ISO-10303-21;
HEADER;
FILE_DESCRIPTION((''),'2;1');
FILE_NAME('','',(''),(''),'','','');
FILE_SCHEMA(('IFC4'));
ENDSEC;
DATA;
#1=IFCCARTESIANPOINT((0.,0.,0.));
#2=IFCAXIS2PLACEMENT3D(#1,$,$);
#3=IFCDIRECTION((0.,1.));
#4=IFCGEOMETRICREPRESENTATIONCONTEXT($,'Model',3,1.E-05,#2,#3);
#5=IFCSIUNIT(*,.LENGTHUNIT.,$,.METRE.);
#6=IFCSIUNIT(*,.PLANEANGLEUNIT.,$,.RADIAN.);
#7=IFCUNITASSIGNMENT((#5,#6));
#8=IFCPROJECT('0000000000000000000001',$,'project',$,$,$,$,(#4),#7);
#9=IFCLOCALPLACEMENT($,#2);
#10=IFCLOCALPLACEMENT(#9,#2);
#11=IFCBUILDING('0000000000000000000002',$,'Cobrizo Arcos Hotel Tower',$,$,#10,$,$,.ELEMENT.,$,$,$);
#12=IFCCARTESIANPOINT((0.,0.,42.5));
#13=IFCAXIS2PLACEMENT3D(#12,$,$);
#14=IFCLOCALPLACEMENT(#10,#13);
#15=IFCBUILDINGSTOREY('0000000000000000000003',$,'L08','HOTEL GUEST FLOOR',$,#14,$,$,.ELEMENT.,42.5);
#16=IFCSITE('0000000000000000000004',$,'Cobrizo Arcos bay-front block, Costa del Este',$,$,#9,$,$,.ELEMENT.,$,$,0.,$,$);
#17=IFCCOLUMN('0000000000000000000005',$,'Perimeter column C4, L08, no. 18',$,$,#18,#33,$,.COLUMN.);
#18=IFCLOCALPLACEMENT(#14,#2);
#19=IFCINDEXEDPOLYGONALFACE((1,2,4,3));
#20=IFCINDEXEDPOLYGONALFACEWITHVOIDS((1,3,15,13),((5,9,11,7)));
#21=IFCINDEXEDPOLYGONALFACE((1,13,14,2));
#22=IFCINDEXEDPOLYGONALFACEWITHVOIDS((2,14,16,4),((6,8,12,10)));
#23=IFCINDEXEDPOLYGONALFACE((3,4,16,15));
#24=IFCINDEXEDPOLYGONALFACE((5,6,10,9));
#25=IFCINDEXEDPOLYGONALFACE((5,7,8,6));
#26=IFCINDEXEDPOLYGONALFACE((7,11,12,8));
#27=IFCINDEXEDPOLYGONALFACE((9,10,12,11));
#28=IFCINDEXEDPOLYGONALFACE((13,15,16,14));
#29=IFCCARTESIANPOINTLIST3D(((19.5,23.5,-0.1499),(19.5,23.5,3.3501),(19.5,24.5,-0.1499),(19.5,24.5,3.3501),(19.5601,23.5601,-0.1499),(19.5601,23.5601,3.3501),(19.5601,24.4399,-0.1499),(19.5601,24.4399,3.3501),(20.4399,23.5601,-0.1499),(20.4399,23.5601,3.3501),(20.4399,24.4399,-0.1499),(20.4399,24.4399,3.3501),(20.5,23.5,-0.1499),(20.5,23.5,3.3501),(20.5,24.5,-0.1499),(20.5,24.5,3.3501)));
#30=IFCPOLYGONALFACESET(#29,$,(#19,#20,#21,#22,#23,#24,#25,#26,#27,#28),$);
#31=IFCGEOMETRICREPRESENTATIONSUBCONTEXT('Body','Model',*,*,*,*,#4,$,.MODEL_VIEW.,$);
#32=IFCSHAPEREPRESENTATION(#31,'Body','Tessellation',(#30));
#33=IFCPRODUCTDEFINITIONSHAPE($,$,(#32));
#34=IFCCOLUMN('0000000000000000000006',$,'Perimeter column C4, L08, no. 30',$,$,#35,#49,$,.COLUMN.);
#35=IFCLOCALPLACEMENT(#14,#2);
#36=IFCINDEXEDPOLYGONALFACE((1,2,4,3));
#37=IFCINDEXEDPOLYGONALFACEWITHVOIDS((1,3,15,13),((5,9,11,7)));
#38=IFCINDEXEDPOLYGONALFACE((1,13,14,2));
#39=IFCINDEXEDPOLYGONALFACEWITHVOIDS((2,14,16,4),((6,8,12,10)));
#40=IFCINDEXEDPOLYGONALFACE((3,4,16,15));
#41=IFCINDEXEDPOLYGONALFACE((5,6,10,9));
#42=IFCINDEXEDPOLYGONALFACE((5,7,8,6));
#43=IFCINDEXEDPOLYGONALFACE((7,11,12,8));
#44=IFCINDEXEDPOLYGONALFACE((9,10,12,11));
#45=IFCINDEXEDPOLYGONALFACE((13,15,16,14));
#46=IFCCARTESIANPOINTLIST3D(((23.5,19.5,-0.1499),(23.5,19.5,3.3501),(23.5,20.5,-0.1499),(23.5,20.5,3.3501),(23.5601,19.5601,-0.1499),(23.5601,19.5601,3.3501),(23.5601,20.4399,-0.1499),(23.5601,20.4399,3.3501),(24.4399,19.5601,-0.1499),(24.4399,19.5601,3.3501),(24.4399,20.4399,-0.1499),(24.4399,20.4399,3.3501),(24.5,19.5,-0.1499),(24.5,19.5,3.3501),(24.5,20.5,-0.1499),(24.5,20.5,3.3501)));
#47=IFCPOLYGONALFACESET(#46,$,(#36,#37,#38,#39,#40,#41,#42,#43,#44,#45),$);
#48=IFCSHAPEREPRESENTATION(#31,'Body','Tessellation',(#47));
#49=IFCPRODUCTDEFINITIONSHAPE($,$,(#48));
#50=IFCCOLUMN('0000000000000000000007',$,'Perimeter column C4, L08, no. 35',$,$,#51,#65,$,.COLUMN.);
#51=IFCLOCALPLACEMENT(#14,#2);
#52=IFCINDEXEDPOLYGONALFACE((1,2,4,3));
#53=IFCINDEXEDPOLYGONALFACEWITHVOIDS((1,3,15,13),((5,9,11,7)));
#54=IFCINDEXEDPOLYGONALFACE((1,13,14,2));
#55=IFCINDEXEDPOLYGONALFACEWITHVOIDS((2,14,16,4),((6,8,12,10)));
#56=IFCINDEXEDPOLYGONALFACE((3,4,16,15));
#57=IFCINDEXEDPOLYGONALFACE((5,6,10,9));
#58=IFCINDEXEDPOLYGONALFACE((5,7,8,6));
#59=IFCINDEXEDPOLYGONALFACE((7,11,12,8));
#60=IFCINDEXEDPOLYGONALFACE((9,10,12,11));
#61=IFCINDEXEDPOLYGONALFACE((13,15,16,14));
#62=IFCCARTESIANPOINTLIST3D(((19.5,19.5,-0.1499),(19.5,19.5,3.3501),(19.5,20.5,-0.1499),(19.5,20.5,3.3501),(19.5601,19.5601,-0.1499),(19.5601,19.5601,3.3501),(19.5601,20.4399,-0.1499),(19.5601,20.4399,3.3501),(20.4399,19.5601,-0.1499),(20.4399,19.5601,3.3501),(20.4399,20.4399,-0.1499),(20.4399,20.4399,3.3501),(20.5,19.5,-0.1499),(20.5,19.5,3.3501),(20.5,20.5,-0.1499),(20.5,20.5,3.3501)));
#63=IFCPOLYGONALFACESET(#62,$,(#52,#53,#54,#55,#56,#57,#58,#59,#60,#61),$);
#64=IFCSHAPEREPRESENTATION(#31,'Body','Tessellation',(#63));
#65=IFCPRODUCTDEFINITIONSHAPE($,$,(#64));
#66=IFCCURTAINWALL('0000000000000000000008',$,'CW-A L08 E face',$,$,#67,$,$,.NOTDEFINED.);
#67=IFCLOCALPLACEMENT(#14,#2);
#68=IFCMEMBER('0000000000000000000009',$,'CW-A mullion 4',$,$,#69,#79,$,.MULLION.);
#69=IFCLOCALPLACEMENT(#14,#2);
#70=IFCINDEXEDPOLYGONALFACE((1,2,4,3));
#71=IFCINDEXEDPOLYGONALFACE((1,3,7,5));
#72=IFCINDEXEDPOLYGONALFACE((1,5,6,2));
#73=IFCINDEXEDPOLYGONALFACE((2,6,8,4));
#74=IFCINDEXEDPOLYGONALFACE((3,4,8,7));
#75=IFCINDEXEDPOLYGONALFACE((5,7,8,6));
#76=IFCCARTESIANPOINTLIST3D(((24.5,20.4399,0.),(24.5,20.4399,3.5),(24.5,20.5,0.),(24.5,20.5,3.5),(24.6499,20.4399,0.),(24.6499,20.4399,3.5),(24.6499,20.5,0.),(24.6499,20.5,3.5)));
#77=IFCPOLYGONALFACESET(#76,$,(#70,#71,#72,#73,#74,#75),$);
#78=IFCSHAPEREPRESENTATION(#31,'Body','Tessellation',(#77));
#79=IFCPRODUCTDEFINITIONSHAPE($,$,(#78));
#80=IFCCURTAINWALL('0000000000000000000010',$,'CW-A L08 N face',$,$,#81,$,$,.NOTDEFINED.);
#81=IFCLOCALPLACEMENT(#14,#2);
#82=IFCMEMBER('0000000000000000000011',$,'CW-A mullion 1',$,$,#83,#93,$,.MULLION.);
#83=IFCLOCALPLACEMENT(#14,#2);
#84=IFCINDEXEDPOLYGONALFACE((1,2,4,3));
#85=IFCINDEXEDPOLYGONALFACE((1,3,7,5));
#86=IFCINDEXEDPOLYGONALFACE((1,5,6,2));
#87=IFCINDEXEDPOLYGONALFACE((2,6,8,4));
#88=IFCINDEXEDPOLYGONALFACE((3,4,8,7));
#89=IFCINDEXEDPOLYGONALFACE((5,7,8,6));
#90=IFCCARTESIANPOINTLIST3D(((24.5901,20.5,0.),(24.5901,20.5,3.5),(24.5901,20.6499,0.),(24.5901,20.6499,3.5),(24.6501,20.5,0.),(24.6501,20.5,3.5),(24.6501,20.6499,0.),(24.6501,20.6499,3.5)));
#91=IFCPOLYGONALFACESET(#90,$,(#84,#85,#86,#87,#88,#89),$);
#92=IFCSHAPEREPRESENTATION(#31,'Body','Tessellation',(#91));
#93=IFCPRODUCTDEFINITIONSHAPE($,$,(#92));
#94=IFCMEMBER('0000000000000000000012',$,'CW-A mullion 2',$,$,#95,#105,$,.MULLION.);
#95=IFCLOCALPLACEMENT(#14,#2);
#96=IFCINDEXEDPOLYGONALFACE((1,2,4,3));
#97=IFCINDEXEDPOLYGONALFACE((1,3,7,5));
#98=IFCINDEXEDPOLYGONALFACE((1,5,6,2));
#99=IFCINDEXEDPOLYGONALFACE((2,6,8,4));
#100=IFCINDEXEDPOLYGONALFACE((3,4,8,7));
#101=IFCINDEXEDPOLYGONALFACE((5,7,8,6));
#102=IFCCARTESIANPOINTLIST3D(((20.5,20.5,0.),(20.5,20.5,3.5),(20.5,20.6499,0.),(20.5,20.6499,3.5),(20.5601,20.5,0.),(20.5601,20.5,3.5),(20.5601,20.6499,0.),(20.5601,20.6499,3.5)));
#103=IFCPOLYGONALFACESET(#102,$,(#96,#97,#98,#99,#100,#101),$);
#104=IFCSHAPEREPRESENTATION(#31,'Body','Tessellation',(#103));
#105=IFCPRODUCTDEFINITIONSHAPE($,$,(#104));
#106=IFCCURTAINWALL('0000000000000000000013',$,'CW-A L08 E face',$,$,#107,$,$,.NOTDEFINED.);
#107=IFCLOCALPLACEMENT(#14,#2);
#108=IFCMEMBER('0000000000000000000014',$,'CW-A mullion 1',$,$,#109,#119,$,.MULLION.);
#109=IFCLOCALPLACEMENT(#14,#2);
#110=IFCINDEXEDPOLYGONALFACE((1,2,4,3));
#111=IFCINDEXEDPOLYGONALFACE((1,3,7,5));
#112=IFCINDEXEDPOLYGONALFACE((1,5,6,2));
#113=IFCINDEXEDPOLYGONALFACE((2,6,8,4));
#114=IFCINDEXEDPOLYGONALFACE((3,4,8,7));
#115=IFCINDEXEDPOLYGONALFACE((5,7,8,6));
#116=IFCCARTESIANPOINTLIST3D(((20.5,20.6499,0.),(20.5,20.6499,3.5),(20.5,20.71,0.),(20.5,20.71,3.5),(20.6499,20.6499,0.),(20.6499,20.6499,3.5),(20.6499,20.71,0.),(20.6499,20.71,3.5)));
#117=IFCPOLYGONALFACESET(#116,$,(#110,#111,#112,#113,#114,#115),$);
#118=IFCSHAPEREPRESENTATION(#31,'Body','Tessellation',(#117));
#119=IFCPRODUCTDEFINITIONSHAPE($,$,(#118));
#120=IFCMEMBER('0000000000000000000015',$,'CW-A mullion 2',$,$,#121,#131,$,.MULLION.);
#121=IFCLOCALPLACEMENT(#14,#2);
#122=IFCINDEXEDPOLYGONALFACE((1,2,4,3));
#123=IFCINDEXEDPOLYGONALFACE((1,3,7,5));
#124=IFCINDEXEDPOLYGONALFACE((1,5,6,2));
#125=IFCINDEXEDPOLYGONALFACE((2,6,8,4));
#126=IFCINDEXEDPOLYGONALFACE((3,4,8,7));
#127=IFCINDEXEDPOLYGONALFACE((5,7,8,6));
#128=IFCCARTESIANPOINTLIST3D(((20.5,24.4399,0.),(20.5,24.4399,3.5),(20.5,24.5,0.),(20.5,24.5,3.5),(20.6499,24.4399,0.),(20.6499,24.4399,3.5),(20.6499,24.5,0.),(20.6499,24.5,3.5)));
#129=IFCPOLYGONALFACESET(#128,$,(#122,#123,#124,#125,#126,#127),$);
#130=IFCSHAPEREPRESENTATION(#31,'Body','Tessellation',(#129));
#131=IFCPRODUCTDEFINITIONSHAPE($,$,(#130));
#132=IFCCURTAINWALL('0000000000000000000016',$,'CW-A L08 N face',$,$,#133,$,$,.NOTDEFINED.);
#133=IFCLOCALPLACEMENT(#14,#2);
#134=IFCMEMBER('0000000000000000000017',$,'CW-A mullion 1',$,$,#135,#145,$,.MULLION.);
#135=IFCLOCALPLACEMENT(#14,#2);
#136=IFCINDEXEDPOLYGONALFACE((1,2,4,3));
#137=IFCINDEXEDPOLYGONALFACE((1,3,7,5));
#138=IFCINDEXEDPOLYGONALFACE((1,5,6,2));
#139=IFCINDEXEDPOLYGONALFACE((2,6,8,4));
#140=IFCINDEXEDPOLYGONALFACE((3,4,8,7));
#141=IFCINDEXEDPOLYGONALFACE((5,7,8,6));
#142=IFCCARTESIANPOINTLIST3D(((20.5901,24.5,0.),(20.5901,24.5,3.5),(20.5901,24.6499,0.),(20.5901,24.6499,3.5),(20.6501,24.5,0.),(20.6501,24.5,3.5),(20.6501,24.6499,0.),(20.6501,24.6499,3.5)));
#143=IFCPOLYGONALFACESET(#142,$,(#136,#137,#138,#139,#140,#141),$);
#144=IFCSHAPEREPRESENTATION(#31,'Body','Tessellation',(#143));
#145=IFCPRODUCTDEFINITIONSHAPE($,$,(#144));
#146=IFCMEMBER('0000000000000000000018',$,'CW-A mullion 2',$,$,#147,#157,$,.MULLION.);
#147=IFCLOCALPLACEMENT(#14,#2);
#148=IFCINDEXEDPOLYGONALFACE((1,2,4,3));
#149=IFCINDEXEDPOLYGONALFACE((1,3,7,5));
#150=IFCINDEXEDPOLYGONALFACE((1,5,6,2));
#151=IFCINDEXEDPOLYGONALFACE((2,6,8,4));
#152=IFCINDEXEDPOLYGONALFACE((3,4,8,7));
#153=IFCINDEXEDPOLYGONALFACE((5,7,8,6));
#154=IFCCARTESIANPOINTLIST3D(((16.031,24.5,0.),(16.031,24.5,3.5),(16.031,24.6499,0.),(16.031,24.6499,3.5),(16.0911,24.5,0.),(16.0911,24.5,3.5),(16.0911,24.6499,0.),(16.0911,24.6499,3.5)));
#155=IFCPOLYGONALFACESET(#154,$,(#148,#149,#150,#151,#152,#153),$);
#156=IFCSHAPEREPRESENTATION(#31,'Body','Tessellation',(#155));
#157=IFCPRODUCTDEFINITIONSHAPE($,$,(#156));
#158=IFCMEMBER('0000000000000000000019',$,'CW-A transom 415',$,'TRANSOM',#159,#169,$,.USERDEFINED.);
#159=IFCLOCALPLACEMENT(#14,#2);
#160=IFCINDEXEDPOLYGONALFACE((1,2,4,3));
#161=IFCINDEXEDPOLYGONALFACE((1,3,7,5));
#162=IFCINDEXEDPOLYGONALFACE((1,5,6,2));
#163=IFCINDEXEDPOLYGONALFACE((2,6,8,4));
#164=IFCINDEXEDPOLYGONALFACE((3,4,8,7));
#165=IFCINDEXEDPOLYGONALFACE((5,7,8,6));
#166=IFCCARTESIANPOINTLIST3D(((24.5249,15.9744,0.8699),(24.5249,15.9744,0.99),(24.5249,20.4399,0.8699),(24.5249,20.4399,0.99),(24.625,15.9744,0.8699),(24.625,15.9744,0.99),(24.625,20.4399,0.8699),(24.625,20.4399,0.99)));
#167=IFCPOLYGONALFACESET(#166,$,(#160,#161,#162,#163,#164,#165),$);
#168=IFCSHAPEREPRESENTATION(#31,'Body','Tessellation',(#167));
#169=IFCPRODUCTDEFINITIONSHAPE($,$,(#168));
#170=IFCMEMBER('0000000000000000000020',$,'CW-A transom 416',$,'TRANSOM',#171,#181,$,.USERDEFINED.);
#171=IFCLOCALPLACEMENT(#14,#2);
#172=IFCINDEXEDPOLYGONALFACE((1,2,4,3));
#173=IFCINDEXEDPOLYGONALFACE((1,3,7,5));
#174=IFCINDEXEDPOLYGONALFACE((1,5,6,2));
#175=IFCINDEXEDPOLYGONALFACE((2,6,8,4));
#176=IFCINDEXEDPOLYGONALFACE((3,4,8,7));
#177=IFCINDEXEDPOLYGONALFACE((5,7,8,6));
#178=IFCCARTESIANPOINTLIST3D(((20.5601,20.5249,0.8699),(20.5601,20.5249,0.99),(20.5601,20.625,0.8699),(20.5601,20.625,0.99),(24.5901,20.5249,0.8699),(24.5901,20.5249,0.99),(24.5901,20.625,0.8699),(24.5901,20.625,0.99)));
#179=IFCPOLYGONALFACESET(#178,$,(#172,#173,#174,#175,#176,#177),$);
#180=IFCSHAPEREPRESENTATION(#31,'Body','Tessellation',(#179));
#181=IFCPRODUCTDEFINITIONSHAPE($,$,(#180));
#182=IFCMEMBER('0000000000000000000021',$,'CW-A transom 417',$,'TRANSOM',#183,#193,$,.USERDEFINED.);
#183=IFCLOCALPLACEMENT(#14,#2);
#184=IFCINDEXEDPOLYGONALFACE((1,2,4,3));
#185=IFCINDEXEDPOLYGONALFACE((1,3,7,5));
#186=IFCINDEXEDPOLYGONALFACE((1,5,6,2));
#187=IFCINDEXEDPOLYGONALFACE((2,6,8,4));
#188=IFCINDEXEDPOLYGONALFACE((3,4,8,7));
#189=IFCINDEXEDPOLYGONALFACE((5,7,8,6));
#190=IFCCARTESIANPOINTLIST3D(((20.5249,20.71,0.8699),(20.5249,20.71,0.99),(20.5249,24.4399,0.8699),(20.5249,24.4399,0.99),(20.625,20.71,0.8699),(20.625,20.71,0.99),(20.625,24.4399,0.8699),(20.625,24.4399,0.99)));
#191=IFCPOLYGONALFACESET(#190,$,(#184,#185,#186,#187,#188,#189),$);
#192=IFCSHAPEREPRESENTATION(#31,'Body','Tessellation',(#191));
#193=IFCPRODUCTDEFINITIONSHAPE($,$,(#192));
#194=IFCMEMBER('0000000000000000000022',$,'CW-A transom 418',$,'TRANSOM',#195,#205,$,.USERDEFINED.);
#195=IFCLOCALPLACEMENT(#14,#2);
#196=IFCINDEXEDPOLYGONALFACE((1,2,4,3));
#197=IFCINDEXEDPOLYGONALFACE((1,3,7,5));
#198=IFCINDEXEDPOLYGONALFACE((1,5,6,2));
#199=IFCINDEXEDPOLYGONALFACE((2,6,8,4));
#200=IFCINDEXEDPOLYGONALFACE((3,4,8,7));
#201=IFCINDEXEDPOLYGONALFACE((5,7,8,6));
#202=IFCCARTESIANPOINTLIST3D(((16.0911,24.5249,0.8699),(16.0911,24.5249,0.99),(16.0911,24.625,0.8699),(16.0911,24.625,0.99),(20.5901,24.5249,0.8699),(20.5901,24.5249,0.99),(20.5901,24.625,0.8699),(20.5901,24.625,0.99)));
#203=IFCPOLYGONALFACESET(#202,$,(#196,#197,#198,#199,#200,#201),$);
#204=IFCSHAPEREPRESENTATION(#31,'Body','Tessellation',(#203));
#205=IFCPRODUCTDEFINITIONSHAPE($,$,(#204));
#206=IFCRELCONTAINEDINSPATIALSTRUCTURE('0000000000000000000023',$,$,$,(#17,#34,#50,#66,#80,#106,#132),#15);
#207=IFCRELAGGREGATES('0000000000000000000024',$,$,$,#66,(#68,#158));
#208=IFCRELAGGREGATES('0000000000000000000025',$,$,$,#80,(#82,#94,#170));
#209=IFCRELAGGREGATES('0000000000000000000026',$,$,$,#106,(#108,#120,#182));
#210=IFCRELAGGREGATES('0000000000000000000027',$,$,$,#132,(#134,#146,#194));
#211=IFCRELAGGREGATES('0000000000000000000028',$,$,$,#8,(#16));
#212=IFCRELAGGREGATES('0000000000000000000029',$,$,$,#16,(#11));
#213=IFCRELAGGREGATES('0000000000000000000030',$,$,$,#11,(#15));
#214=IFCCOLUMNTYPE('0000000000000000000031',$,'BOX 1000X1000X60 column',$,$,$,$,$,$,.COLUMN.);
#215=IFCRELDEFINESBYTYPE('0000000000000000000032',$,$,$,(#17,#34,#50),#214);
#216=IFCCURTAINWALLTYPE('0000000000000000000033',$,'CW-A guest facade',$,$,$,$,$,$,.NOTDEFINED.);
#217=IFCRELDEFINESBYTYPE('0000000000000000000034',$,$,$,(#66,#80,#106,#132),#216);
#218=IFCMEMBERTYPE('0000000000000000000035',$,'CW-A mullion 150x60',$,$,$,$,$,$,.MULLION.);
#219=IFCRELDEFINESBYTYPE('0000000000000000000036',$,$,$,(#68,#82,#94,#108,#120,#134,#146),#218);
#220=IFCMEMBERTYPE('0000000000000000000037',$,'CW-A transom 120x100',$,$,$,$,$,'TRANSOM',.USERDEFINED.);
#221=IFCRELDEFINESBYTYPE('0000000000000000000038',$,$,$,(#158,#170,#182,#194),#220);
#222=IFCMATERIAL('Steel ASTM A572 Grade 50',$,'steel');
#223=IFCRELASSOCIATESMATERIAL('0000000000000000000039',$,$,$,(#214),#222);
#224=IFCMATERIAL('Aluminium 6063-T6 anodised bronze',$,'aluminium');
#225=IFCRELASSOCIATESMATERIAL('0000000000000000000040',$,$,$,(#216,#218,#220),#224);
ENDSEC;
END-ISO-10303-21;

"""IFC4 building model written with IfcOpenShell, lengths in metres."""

from ifc_helpers import new_model, si_unit, direction, frame, origin, origin_2d, place, context, subcontext, project, spatial, rectangle, hollow_rectangle, extrude, material, material_profile, profile_set, type_object, element, aggregate, save


model = new_model("IFC4")

# Units and contexts
model_context = context("Model", 3, precision=1e-05, world=origin(), true_north=direction((0.0, 1.0)))
body_context = subcontext(model_context, "Body", "Model", "MODEL_VIEW")
ifc_project = project(units=[si_unit("LENGTHUNIT", "METRE"), si_unit("PLANEANGLEUNIT", "RADIAN")], contexts=[model_context])

# Site, building, storey
site_placement = place(None, origin())
site = spatial("IfcSite", under=ifc_project, at=site_placement, Name="Cobrizo Arcos bay-front block, Costa del Este", CompositionType="ELEMENT", RefElevation=0.0)
building_placement = place(site_placement, origin())
building = spatial("IfcBuilding", under=site, at=building_placement, Name="Cobrizo Arcos Hotel Tower", CompositionType="ELEMENT")
storey_placement = place(building_placement, frame((0.0, 0.0, 42.5)))
storey = spatial("IfcBuildingStorey", under=building, at=storey_placement, Name="L08", Description="HOTEL GUEST FLOOR", CompositionType="ELEMENT", Elevation=42.5)

# Columns
ifc_material_1 = material(Name="Steel ASTM A572 Grade 50", Category="steel")
ifc_material_profile_1 = material_profile(ifc_material_1, hollow_rectangle(XDim=1.0, YDim=1.0, WallThickness=0.0601, at=origin_2d()), Name="BOX 1000X1000X60")
ifc_profile_set_1 = profile_set([ifc_material_profile_1], Name="Steel ASTM A572 Grade 50")
column_type = type_object("IfcColumnType", Name="BOX 1000X1000X60 column", PredefinedType="COLUMN", material=ifc_profile_set_1)
for number, where, z_axis, x_axis, name in (
    (1, (20.0, 24.0, -0.1499), (0.0, 0.0, 1.0), (1.0, 0.0, 0.0), "Perimeter column C4, L08, no. 18"),
    (2, (24.0, 20.0, -0.1499), (0.0, 0.0, 1.0), (1.0, 0.0, 0.0), "Perimeter column C4, L08, no. 30"),
    (3, (20.0, 20.0, -0.1499), (0.0, 0.0, 1.0), (1.0, 0.0, 0.0), "Perimeter column C4, L08, no. 35"),
):
    element("IfcColumn", number, at=place(storey_placement, frame(where, z_axis=z_axis, x_axis=x_axis)), inside=storey, type_object=column_type, Name=name, PredefinedType="COLUMN", context=body_context, shape_type="SweptSolid", body=[
        extrude(hollow_rectangle(XDim=1.0, YDim=1.0, WallThickness=0.0601, at=origin_2d()), origin(), (0.0, 0.0, 1.0), 3.5),
    ])

# Curtain wall, member
ifc_material_2 = material(Name="Aluminium 6063-T6 anodised bronze", Category="aluminium")
curtain_wall_type = type_object("IfcCurtainWallType", Name="CW-A guest facade", PredefinedType="NOTDEFINED", material=ifc_material_2)
curtain_wall_1_placement = place(storey_placement, origin())
curtain_wall_1 = element("IfcCurtainWall", 4, at=curtain_wall_1_placement, inside=storey, type_object=curtain_wall_type, Name="CW-A L08 E face", PredefinedType="NOTDEFINED")
ifc_material_profile_2 = material_profile(ifc_material_2, rectangle(XDim=0.1499, YDim=0.0601, at=origin_2d()), Name="CW-A mullion 150x60")
ifc_profile_set_2 = profile_set([ifc_material_profile_2], Name="Aluminium 6063-T6 anodised bronze")
member_type_1 = type_object("IfcMemberType", Name="CW-A mullion 150x60", PredefinedType="MULLION", material=ifc_profile_set_2)
member_1_placement = place(storey_placement, frame((24.575, 20.47, 0.0), z_axis=(0.0, 0.0, 1.0), x_axis=(1.0, 0.0, 0.0)))
member_1 = element("IfcMember", 5, at=member_1_placement, type_object=member_type_1, Name="CW-A mullion 4", PredefinedType="MULLION", context=body_context, shape_type="SweptSolid", body=[
    extrude(rectangle(XDim=0.1499, YDim=0.0601, at=origin_2d()), origin(), (0.0, 0.0, 1.0), 3.5),
])

# Curtain walls, members
curtain_wall_2_placement = place(storey_placement, origin())
curtain_wall_2 = element("IfcCurtainWall", 6, at=curtain_wall_2_placement, inside=storey, type_object=curtain_wall_type, Name="CW-A L08 N face", PredefinedType="NOTDEFINED")
member_2_placement = place(storey_placement, frame((24.6201, 20.575, 0.0), z_axis=(0.0, 0.0, 1.0), x_axis=(0.0, 1.0, 0.0)))
member_2 = element("IfcMember", 7, at=member_2_placement, type_object=member_type_1, Name="CW-A mullion 1", PredefinedType="MULLION", context=body_context, shape_type="SweptSolid", body=[
    extrude(rectangle(XDim=0.1499, YDim=0.0601, at=origin_2d()), origin(), (0.0, 0.0, 1.0), 3.5),
])
member_3_placement = place(storey_placement, frame((20.53, 20.575, 0.0), z_axis=(0.0, 0.0, 1.0), x_axis=(0.0, 1.0, 0.0)))
member_3 = element("IfcMember", 8, at=member_3_placement, type_object=member_type_1, Name="CW-A mullion 2", PredefinedType="MULLION", context=body_context, shape_type="SweptSolid", body=[
    extrude(rectangle(XDim=0.1499, YDim=0.0601, at=origin_2d()), origin(), (0.0, 0.0, 1.0), 3.5),
])
curtain_wall_3_placement = place(storey_placement, origin())
curtain_wall_3 = element("IfcCurtainWall", 9, at=curtain_wall_3_placement, inside=storey, type_object=curtain_wall_type, Name="CW-A L08 E face", PredefinedType="NOTDEFINED")
member_4_placement = place(storey_placement, frame((20.575, 20.6799, 0.0), z_axis=(0.0, 0.0, 1.0), x_axis=(1.0, 0.0, 0.0)))
member_4 = element("IfcMember", 10, at=member_4_placement, type_object=member_type_1, Name="CW-A mullion 1", PredefinedType="MULLION", context=body_context, shape_type="SweptSolid", body=[
    extrude(rectangle(XDim=0.1499, YDim=0.0601, at=origin_2d()), origin(), (0.0, 0.0, 1.0), 3.5),
])
member_5_placement = place(storey_placement, frame((20.575, 24.47, 0.0), z_axis=(0.0, 0.0, 1.0), x_axis=(1.0, 0.0, 0.0)))
member_5 = element("IfcMember", 11, at=member_5_placement, type_object=member_type_1, Name="CW-A mullion 2", PredefinedType="MULLION", context=body_context, shape_type="SweptSolid", body=[
    extrude(rectangle(XDim=0.1499, YDim=0.0601, at=origin_2d()), origin(), (0.0, 0.0, 1.0), 3.5),
])
curtain_wall_4_placement = place(storey_placement, origin())
curtain_wall_4 = element("IfcCurtainWall", 12, at=curtain_wall_4_placement, inside=storey, type_object=curtain_wall_type, Name="CW-A L08 N face", PredefinedType="NOTDEFINED")
member_6_placement = place(storey_placement, frame((20.6201, 24.575, 0.0), z_axis=(0.0, 0.0, 1.0), x_axis=(0.0, 1.0, 0.0)))
member_6 = element("IfcMember", 13, at=member_6_placement, type_object=member_type_1, Name="CW-A mullion 1", PredefinedType="MULLION", context=body_context, shape_type="SweptSolid", body=[
    extrude(rectangle(XDim=0.1499, YDim=0.0601, at=origin_2d()), origin(), (0.0, 0.0, 1.0), 3.5),
])
member_7_placement = place(storey_placement, frame((16.061, 24.575, 0.0), z_axis=(0.0, 0.0, 1.0), x_axis=(0.0, 1.0, 0.0)))
member_7 = element("IfcMember", 14, at=member_7_placement, type_object=member_type_1, Name="CW-A mullion 2", PredefinedType="MULLION", context=body_context, shape_type="SweptSolid", body=[
    extrude(rectangle(XDim=0.1499, YDim=0.0601, at=origin_2d()), origin(), (0.0, 0.0, 1.0), 3.5),
])

# Members
ifc_material_profile_3 = material_profile(ifc_material_2, rectangle(XDim=0.1001, YDim=0.1201, at=origin_2d()), Name="CW-A transom 120x100")
ifc_profile_set_3 = profile_set([ifc_material_profile_3], Name="Aluminium 6063-T6 anodised bronze")
member_type_2 = type_object("IfcMemberType", Name="CW-A transom 120x100", ElementType="TRANSOM", PredefinedType="USERDEFINED", material=ifc_profile_set_3)
member_8_placement = place(storey_placement, frame((24.575, 15.9744, 0.9299), z_axis=(0.0, 1.0, 0.0), x_axis=(-1.0, 0.0, 0.0)))
member_8 = element("IfcMember", 15, at=member_8_placement, type_object=member_type_2, Name="CW-A transom 415", ObjectType="TRANSOM", PredefinedType="USERDEFINED", context=body_context, shape_type="SweptSolid", body=[
    extrude(rectangle(XDim=0.1001, YDim=0.1201, at=origin_2d()), origin(), (0.0, 0.0, 1.0), 4.4656),
])
member_9_placement = place(storey_placement, frame((24.5901, 20.575, 0.9299), z_axis=(-1.0, 0.0, 0.0), x_axis=(0.0, -1.0, 0.0)))
member_9 = element("IfcMember", 16, at=member_9_placement, type_object=member_type_2, Name="CW-A transom 416", ObjectType="TRANSOM", PredefinedType="USERDEFINED", context=body_context, shape_type="SweptSolid", body=[
    extrude(rectangle(XDim=0.1001, YDim=0.1201, at=origin_2d()), origin(), (0.0, 0.0, 1.0), 4.03),
])
member_10_placement = place(storey_placement, frame((20.575, 20.71, 0.9299), z_axis=(0.0, 1.0, 0.0), x_axis=(-1.0, 0.0, 0.0)))
member_10 = element("IfcMember", 17, at=member_10_placement, type_object=member_type_2, Name="CW-A transom 417", ObjectType="TRANSOM", PredefinedType="USERDEFINED", context=body_context, shape_type="SweptSolid", body=[
    extrude(rectangle(XDim=0.1001, YDim=0.1201, at=origin_2d()), origin(), (0.0, 0.0, 1.0), 3.73),
])
member_11_placement = place(storey_placement, frame((20.5901, 24.575, 0.9299), z_axis=(-1.0, 0.0, 0.0), x_axis=(0.0, -1.0, 0.0)))
member_11 = element("IfcMember", 18, at=member_11_placement, type_object=member_type_2, Name="CW-A transom 418", ObjectType="TRANSOM", PredefinedType="USERDEFINED", context=body_context, shape_type="SweptSolid", body=[
    extrude(rectangle(XDim=0.1001, YDim=0.1201, at=origin_2d()), origin(), (0.0, 0.0, 1.0), 4.499),
])

aggregate(curtain_wall_1, [member_1, member_8])
aggregate(curtain_wall_2, [member_2, member_3, member_9])
aggregate(curtain_wall_3, [member_4, member_5, member_10])
aggregate(curtain_wall_4, [member_6, member_7, member_11])

save(model, "model.ifc")
